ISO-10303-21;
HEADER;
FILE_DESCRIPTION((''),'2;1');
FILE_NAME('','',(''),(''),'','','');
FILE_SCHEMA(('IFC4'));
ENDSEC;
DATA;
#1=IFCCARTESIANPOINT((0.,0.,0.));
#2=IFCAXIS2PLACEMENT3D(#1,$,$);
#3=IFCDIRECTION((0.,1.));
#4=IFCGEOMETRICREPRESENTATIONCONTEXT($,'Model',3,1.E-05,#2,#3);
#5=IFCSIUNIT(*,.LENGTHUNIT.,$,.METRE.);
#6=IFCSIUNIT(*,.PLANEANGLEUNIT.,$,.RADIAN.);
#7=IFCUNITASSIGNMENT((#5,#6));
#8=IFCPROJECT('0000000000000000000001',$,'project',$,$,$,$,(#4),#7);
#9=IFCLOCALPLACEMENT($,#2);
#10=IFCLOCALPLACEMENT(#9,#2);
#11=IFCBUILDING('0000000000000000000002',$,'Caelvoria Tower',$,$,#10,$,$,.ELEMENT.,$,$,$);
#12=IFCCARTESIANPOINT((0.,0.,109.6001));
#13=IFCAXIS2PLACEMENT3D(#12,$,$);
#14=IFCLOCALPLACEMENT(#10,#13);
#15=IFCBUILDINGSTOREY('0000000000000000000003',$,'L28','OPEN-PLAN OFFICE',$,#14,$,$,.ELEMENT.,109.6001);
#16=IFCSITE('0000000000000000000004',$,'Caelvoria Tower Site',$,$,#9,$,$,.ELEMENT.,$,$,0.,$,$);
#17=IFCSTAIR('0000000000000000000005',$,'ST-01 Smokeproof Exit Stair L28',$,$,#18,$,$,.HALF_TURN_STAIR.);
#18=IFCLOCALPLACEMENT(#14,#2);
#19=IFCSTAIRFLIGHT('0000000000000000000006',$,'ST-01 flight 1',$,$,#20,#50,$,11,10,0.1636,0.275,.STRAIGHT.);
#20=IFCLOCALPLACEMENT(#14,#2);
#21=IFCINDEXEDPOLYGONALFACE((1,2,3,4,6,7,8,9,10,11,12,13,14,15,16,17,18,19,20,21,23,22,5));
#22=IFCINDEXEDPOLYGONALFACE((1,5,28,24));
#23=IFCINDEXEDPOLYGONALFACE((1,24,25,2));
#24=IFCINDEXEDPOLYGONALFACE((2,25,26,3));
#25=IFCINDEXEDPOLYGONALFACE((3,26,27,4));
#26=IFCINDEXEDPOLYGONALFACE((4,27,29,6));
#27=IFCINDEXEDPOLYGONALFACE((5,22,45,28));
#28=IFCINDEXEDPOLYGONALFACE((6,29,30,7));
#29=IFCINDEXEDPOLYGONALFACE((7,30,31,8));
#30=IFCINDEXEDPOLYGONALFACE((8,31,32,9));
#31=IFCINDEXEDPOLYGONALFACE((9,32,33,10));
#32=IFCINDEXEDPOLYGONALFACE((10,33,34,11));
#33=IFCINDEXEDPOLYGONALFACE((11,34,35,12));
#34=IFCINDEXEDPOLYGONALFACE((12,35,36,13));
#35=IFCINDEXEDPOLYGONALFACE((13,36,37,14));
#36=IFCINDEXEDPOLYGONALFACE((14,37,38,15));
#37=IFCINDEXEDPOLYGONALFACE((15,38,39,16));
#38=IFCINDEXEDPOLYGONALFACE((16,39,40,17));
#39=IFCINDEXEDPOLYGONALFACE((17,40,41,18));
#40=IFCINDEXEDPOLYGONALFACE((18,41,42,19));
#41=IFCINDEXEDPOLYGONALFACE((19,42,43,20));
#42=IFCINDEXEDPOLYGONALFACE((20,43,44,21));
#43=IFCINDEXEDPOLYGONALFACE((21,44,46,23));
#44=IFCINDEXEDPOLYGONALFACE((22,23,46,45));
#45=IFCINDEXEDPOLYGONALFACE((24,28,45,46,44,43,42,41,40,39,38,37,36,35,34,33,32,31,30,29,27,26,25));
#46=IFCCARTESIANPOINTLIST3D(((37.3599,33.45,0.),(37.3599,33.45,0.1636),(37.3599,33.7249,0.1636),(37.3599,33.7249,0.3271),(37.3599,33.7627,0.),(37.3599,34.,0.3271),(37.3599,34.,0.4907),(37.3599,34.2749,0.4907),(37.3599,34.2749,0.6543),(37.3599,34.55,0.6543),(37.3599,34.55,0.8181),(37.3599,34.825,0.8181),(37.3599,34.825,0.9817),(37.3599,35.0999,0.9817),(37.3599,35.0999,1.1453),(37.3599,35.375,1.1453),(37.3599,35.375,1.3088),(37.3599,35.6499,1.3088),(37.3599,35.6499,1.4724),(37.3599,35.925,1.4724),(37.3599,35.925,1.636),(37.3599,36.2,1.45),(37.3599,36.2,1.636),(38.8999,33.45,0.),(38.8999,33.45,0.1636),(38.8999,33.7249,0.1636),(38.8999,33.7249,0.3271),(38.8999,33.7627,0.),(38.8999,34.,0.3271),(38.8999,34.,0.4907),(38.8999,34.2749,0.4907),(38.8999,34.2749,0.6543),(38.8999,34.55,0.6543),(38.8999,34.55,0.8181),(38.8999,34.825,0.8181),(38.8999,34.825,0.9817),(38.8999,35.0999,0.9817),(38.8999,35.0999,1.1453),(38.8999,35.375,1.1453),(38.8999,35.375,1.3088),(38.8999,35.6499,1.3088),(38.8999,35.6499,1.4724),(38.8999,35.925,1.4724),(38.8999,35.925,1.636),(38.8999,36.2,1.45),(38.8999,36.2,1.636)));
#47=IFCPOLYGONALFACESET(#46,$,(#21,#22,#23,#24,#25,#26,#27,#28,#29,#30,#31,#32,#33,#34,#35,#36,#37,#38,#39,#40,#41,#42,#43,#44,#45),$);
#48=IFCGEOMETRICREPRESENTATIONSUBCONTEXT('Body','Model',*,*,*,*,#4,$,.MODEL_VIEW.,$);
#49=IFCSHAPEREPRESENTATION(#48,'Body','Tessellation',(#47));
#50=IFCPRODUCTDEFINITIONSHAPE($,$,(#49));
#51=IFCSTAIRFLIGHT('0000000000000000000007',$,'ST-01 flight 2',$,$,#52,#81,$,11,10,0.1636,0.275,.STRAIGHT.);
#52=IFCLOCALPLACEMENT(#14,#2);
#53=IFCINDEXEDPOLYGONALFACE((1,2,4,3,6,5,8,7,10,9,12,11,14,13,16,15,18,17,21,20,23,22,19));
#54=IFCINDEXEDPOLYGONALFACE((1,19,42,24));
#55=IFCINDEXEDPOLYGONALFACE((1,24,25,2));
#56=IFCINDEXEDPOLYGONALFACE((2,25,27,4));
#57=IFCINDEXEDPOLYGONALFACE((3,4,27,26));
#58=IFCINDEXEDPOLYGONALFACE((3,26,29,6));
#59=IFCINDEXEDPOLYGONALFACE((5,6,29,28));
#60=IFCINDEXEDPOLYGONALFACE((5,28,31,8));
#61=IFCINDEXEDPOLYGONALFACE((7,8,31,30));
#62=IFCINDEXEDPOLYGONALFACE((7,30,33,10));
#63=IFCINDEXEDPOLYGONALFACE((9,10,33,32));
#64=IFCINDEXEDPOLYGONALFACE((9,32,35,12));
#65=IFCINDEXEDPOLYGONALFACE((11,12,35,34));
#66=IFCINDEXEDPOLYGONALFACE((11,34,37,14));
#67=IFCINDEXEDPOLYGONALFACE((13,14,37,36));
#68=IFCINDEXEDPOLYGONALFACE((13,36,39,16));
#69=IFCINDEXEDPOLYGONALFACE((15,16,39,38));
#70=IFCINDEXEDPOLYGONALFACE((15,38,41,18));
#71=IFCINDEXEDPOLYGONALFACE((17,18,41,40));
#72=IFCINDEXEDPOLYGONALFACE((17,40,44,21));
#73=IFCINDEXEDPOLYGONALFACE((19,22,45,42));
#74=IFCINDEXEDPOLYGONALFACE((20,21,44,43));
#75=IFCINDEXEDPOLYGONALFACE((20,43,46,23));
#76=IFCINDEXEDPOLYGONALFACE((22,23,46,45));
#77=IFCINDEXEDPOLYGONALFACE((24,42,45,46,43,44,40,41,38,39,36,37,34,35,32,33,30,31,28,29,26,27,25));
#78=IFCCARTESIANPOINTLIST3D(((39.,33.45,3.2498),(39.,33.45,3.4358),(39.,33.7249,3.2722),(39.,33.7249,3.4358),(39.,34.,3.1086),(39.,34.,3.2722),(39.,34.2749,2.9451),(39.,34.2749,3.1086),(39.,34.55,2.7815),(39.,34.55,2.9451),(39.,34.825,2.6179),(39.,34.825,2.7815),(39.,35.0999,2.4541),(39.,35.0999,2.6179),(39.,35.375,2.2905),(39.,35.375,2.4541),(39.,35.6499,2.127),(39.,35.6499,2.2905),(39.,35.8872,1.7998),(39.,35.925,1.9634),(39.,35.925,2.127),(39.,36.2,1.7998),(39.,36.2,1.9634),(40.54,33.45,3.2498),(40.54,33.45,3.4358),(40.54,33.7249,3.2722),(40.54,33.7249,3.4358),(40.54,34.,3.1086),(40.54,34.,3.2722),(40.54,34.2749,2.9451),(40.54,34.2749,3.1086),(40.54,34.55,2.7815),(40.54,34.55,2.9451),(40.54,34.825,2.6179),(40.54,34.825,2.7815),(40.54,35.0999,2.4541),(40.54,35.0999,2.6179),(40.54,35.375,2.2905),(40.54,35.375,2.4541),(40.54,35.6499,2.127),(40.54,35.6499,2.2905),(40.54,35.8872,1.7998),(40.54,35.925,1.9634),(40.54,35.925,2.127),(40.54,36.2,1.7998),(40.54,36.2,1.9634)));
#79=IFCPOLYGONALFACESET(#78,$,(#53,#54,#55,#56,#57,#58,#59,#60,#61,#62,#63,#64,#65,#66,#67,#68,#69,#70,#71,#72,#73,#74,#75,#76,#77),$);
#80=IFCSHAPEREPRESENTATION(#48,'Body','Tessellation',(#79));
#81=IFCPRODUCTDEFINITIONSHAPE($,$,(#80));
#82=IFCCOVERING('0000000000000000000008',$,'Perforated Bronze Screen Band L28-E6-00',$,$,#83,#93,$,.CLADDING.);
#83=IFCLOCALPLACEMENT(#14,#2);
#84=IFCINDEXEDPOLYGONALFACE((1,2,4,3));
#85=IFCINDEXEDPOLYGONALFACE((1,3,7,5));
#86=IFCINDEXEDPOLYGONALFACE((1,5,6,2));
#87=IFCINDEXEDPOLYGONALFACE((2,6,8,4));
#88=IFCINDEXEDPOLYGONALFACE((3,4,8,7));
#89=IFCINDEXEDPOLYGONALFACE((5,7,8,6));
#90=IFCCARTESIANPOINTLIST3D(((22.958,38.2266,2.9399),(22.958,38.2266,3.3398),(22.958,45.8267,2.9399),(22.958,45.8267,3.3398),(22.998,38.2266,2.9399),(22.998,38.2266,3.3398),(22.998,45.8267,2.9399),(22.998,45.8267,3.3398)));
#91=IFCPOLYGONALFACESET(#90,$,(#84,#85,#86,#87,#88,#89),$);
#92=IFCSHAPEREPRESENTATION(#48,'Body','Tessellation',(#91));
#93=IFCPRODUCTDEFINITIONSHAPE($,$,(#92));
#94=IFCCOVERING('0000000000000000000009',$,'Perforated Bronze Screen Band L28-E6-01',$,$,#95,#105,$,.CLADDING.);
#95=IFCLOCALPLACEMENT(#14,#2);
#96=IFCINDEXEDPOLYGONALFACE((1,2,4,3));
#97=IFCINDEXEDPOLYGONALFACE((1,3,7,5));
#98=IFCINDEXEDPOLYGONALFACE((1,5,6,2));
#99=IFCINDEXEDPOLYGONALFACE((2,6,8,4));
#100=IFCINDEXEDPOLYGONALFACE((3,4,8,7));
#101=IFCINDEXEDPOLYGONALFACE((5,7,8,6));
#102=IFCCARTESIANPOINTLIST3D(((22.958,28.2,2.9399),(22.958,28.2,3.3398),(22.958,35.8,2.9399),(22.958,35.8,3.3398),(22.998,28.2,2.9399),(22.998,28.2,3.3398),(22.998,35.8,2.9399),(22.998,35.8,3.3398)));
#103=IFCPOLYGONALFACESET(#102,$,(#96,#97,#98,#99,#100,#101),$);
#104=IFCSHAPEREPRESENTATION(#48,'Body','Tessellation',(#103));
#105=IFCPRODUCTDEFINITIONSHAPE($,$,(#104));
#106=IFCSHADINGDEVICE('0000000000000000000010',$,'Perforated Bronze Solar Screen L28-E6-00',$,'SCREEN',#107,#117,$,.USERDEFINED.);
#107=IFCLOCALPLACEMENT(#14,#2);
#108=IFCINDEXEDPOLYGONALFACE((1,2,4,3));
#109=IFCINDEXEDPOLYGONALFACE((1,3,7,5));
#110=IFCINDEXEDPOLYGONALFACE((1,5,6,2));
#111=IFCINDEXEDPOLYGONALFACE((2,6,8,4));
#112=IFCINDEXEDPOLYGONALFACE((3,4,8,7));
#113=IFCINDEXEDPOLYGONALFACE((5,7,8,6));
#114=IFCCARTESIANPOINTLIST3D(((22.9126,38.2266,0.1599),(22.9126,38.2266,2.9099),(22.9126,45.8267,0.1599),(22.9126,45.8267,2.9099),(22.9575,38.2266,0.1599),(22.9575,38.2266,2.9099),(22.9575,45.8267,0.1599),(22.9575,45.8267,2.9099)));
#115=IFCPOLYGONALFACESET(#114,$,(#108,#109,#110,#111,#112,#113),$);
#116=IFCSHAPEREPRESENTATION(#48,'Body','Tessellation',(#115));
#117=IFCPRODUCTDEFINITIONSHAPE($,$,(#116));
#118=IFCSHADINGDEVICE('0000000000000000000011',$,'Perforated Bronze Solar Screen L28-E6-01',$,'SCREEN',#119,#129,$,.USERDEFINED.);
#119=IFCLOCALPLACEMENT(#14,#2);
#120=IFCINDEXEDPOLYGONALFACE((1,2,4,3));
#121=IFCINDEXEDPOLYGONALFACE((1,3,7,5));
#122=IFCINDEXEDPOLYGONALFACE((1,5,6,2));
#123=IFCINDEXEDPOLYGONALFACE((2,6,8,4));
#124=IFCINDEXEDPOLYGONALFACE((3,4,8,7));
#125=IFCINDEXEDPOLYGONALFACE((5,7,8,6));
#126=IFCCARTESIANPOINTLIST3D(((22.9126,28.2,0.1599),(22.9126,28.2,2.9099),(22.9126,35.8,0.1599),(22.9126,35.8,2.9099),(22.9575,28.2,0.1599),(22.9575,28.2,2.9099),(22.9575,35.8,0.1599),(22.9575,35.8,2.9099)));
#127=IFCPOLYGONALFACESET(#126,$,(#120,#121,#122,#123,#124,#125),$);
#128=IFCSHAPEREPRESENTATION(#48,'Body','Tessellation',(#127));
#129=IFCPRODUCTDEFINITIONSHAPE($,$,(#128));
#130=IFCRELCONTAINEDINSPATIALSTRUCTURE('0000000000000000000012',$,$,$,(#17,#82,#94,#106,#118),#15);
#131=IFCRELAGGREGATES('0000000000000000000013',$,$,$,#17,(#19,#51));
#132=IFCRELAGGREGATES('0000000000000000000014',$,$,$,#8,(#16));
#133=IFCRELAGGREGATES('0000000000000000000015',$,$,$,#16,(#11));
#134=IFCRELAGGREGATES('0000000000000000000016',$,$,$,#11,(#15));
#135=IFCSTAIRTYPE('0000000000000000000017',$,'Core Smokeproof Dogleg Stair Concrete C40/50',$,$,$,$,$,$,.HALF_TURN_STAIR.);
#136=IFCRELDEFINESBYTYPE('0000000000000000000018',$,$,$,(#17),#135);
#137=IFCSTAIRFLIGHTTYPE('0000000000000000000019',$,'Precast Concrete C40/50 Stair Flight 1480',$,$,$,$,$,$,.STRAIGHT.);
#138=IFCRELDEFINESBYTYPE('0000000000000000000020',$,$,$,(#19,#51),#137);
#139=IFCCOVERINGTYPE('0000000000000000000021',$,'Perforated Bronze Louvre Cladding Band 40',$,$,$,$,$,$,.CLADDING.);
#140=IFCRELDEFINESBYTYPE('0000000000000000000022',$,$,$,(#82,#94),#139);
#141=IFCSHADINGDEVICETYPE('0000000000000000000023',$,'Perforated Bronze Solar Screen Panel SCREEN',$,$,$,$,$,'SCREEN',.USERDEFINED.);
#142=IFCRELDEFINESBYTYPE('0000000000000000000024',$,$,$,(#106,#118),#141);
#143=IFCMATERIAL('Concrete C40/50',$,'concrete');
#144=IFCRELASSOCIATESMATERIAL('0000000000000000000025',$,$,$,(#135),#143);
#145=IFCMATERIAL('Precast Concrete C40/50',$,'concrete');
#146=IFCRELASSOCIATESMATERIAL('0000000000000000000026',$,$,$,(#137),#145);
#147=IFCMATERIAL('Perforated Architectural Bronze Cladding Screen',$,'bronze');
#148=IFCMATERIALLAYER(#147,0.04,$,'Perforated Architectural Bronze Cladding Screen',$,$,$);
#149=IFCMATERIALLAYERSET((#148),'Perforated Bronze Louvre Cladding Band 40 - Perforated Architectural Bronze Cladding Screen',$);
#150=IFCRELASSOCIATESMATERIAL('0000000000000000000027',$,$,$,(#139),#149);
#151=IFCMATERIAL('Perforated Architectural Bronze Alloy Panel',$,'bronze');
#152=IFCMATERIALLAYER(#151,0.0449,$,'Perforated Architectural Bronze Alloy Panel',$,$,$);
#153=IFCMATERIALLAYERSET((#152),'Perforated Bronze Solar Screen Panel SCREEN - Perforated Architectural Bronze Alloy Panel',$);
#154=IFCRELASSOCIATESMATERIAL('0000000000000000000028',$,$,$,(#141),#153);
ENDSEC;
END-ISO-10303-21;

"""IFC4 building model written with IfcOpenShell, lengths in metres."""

from ifc_helpers import new_model, si_unit, direction, frame, origin, origin_2d, place, context, subcontext, project, spatial, polyline, rectangle, outline, extrude, material, layer, layer_set, type_object, element, aggregate, save


model = new_model("IFC4")

# Units and contexts
model_context = context("Model", 3, precision=1e-05, world=origin(), true_north=direction((0.0, 1.0)))
body_context = subcontext(model_context, "Body", "Model", "MODEL_VIEW")
ifc_project = project(units=[si_unit("LENGTHUNIT", "METRE"), si_unit("PLANEANGLEUNIT", "RADIAN")], contexts=[model_context])

# Site, building, storey
site_placement = place(None, origin())
site = spatial("IfcSite", under=ifc_project, at=site_placement, Name="Caelvoria Tower Site", CompositionType="ELEMENT", RefElevation=0.0)
building_placement = place(site_placement, origin())
building = spatial("IfcBuilding", under=site, at=building_placement, Name="Caelvoria Tower", CompositionType="ELEMENT")
storey_placement = place(building_placement, frame((0.0, 0.0, 109.6001)))
storey = spatial("IfcBuildingStorey", under=building, at=storey_placement, Name="L28", Description="OPEN-PLAN OFFICE", CompositionType="ELEMENT", Elevation=109.6001)

# Stair, stair flights
ifc_material_1 = material(Name="Concrete C40/50", Category="concrete")
stair_type = type_object("IfcStairType", Name="Core Smokeproof Dogleg Stair Concrete C40/50", PredefinedType="HALF_TURN_STAIR", material=ifc_material_1)
stair_placement = place(storey_placement, origin())
stair = element("IfcStair", 1, at=stair_placement, inside=storey, type_object=stair_type, Name="ST-01 Smokeproof Exit Stair L28", PredefinedType="HALF_TURN_STAIR")
ifc_material_2 = material(Name="Precast Concrete C40/50", Category="concrete")
stair_flight_type = type_object("IfcStairFlightType", Name="Precast Concrete C40/50 Stair Flight 1480", PredefinedType="STRAIGHT", material=ifc_material_2)
stair_flight_1_placement = place(storey_placement, frame((38.1299, 33.45, 0.0), z_axis=(0.0, 0.0, 1.0), x_axis=(0.0, 1.0, 0.0)))
stair_flight_1 = element("IfcStairFlight", 2, at=stair_flight_1_placement, type_object=stair_flight_type, Name="ST-01 flight 1", NumberOfRisers=11, NumberOfTreads=10, PredefinedType="STRAIGHT", RiserHeight=0.1636, TreadLength=0.275, context=body_context, shape_type="SweptSolid", body=[
    extrude(outline(polyline([(0.0, 0.0), (0.0, 0.1636), (0.2749, 0.1636), (0.2749, 0.3271), (0.55, 0.3271), (0.55, 0.4907), (0.825, 0.4907), (0.825, 0.6543), (1.1001, 0.6543), (1.1001, 0.8181), (1.375, 0.8181), (1.375, 0.9817), (1.6499, 0.9817), (1.6499, 1.1453), (1.925, 1.1453), (1.925, 1.3088), (2.2, 1.3088), (2.2, 1.4724), (2.4751, 1.4724), (2.4751, 1.636), (2.75, 1.636), (2.75, 1.7996), (2.75, 1.45), (0.3127, 0.0), (0.0, 0.0)])), frame((0.0, 0.77, 0.0), z_axis=(0.0, -1.0, 0.0), x_axis=(1.0, 0.0, 0.0)), (0.0, 0.0, 1.0), 1.54),
])
stair_flight_2_placement = place(storey_placement, frame((39.77, 36.2, 1.7998), z_axis=(0.0, 0.0, 1.0), x_axis=(0.0, -1.0, 0.0)))
stair_flight_2 = element("IfcStairFlight", 3, at=stair_flight_2_placement, type_object=stair_flight_type, Name="ST-01 flight 2", NumberOfRisers=11, NumberOfTreads=10, PredefinedType="STRAIGHT", RiserHeight=0.1636, TreadLength=0.275, context=body_context, shape_type="SweptSolid", body=[
    extrude(outline(polyline([(0.0, 0.0), (0.0, 0.1636), (0.2749, 0.1636), (0.2749, 0.3271), (0.55, 0.3271), (0.55, 0.4907), (0.825, 0.4907), (0.825, 0.6543), (1.1001, 0.6543), (1.1001, 0.8181), (1.375, 0.8181), (1.375, 0.9817), (1.6499, 0.9817), (1.6499, 1.1453), (1.925, 1.1453), (1.925, 1.3088), (2.2, 1.3088), (2.2, 1.4724), (2.4751, 1.4724), (2.4751, 1.636), (2.75, 1.636), (2.75, 1.7996), (2.75, 1.45), (0.3127, 0.0), (0.0, 0.0)])), frame((0.0, 0.77, 0.0), z_axis=(0.0, -1.0, 0.0), x_axis=(1.0, 0.0, 0.0)), (0.0, 0.0, 1.0), 1.54),
])
aggregate(stair, [stair_flight_1, stair_flight_2])

# Coverings
ifc_material_3 = material(Name="Perforated Architectural Bronze Cladding Screen", Category="bronze")
ifc_layer_1 = layer(ifc_material_3, 0.04, Name="Perforated Architectural Bronze Cladding Screen")
ifc_layer_set_1 = layer_set([ifc_layer_1], Name="Perforated Bronze Louvre Cladding Band 40 - Perforated Architectural Bronze Cladding Screen")
covering_type = type_object("IfcCoveringType", Name="Perforated Bronze Louvre Cladding Band 40", PredefinedType="CLADDING", material=ifc_layer_set_1)
for number, where, z_axis, x_axis, name in (
    (4, (22.978, 42.0266, 2.9399), (0.0, 0.0, 1.0), (0.0, -1.0, 0.0), "Perforated Bronze Screen Band L28-E6-00"),
    (5, (22.978, 32.0, 2.9399), (0.0, 0.0, 1.0), (0.0, -1.0, 0.0), "Perforated Bronze Screen Band L28-E6-01"),
):
    element("IfcCovering", number, at=place(storey_placement, frame(where, z_axis=z_axis, x_axis=x_axis)), inside=storey, type_object=covering_type, Name=name, PredefinedType="CLADDING", context=body_context, shape_type="SweptSolid", body=[
        extrude(rectangle(XDim=7.6001, YDim=0.04, at=origin_2d()), origin(), (0.0, 0.0, 1.0), 0.3999),
    ])

# Shading devices
ifc_material_4 = material(Name="Perforated Architectural Bronze Alloy Panel", Category="bronze")
ifc_layer_2 = layer(ifc_material_4, 0.0449, Name="Perforated Architectural Bronze Alloy Panel")
ifc_layer_set_2 = layer_set([ifc_layer_2], Name="Perforated Bronze Solar Screen Panel SCREEN - Perforated Architectural Bronze Alloy Panel")
shading_device_type = type_object("IfcShadingDeviceType", Name="Perforated Bronze Solar Screen Panel SCREEN", ElementType="SCREEN", PredefinedType="USERDEFINED", material=ifc_layer_set_2)
for number, where, z_axis, x_axis, name in (
    (6, (22.9351, 42.0266, 0.1599), (0.0, 0.0, 1.0), (0.0, -1.0, 0.0), "Perforated Bronze Solar Screen L28-E6-00"),
    (7, (22.9351, 32.0, 0.1599), (0.0, 0.0, 1.0), (0.0, -1.0, 0.0), "Perforated Bronze Solar Screen L28-E6-01"),
):
    element("IfcShadingDevice", number, at=place(storey_placement, frame(where, z_axis=z_axis, x_axis=x_axis)), inside=storey, type_object=shading_device_type, Name=name, ObjectType="SCREEN", PredefinedType="USERDEFINED", context=body_context, shape_type="SweptSolid", body=[
        extrude(rectangle(XDim=7.6001, YDim=0.0449, at=origin_2d()), origin(), (0.0, 0.0, 1.0), 2.75),
    ])

save(model, "model.ifc")
